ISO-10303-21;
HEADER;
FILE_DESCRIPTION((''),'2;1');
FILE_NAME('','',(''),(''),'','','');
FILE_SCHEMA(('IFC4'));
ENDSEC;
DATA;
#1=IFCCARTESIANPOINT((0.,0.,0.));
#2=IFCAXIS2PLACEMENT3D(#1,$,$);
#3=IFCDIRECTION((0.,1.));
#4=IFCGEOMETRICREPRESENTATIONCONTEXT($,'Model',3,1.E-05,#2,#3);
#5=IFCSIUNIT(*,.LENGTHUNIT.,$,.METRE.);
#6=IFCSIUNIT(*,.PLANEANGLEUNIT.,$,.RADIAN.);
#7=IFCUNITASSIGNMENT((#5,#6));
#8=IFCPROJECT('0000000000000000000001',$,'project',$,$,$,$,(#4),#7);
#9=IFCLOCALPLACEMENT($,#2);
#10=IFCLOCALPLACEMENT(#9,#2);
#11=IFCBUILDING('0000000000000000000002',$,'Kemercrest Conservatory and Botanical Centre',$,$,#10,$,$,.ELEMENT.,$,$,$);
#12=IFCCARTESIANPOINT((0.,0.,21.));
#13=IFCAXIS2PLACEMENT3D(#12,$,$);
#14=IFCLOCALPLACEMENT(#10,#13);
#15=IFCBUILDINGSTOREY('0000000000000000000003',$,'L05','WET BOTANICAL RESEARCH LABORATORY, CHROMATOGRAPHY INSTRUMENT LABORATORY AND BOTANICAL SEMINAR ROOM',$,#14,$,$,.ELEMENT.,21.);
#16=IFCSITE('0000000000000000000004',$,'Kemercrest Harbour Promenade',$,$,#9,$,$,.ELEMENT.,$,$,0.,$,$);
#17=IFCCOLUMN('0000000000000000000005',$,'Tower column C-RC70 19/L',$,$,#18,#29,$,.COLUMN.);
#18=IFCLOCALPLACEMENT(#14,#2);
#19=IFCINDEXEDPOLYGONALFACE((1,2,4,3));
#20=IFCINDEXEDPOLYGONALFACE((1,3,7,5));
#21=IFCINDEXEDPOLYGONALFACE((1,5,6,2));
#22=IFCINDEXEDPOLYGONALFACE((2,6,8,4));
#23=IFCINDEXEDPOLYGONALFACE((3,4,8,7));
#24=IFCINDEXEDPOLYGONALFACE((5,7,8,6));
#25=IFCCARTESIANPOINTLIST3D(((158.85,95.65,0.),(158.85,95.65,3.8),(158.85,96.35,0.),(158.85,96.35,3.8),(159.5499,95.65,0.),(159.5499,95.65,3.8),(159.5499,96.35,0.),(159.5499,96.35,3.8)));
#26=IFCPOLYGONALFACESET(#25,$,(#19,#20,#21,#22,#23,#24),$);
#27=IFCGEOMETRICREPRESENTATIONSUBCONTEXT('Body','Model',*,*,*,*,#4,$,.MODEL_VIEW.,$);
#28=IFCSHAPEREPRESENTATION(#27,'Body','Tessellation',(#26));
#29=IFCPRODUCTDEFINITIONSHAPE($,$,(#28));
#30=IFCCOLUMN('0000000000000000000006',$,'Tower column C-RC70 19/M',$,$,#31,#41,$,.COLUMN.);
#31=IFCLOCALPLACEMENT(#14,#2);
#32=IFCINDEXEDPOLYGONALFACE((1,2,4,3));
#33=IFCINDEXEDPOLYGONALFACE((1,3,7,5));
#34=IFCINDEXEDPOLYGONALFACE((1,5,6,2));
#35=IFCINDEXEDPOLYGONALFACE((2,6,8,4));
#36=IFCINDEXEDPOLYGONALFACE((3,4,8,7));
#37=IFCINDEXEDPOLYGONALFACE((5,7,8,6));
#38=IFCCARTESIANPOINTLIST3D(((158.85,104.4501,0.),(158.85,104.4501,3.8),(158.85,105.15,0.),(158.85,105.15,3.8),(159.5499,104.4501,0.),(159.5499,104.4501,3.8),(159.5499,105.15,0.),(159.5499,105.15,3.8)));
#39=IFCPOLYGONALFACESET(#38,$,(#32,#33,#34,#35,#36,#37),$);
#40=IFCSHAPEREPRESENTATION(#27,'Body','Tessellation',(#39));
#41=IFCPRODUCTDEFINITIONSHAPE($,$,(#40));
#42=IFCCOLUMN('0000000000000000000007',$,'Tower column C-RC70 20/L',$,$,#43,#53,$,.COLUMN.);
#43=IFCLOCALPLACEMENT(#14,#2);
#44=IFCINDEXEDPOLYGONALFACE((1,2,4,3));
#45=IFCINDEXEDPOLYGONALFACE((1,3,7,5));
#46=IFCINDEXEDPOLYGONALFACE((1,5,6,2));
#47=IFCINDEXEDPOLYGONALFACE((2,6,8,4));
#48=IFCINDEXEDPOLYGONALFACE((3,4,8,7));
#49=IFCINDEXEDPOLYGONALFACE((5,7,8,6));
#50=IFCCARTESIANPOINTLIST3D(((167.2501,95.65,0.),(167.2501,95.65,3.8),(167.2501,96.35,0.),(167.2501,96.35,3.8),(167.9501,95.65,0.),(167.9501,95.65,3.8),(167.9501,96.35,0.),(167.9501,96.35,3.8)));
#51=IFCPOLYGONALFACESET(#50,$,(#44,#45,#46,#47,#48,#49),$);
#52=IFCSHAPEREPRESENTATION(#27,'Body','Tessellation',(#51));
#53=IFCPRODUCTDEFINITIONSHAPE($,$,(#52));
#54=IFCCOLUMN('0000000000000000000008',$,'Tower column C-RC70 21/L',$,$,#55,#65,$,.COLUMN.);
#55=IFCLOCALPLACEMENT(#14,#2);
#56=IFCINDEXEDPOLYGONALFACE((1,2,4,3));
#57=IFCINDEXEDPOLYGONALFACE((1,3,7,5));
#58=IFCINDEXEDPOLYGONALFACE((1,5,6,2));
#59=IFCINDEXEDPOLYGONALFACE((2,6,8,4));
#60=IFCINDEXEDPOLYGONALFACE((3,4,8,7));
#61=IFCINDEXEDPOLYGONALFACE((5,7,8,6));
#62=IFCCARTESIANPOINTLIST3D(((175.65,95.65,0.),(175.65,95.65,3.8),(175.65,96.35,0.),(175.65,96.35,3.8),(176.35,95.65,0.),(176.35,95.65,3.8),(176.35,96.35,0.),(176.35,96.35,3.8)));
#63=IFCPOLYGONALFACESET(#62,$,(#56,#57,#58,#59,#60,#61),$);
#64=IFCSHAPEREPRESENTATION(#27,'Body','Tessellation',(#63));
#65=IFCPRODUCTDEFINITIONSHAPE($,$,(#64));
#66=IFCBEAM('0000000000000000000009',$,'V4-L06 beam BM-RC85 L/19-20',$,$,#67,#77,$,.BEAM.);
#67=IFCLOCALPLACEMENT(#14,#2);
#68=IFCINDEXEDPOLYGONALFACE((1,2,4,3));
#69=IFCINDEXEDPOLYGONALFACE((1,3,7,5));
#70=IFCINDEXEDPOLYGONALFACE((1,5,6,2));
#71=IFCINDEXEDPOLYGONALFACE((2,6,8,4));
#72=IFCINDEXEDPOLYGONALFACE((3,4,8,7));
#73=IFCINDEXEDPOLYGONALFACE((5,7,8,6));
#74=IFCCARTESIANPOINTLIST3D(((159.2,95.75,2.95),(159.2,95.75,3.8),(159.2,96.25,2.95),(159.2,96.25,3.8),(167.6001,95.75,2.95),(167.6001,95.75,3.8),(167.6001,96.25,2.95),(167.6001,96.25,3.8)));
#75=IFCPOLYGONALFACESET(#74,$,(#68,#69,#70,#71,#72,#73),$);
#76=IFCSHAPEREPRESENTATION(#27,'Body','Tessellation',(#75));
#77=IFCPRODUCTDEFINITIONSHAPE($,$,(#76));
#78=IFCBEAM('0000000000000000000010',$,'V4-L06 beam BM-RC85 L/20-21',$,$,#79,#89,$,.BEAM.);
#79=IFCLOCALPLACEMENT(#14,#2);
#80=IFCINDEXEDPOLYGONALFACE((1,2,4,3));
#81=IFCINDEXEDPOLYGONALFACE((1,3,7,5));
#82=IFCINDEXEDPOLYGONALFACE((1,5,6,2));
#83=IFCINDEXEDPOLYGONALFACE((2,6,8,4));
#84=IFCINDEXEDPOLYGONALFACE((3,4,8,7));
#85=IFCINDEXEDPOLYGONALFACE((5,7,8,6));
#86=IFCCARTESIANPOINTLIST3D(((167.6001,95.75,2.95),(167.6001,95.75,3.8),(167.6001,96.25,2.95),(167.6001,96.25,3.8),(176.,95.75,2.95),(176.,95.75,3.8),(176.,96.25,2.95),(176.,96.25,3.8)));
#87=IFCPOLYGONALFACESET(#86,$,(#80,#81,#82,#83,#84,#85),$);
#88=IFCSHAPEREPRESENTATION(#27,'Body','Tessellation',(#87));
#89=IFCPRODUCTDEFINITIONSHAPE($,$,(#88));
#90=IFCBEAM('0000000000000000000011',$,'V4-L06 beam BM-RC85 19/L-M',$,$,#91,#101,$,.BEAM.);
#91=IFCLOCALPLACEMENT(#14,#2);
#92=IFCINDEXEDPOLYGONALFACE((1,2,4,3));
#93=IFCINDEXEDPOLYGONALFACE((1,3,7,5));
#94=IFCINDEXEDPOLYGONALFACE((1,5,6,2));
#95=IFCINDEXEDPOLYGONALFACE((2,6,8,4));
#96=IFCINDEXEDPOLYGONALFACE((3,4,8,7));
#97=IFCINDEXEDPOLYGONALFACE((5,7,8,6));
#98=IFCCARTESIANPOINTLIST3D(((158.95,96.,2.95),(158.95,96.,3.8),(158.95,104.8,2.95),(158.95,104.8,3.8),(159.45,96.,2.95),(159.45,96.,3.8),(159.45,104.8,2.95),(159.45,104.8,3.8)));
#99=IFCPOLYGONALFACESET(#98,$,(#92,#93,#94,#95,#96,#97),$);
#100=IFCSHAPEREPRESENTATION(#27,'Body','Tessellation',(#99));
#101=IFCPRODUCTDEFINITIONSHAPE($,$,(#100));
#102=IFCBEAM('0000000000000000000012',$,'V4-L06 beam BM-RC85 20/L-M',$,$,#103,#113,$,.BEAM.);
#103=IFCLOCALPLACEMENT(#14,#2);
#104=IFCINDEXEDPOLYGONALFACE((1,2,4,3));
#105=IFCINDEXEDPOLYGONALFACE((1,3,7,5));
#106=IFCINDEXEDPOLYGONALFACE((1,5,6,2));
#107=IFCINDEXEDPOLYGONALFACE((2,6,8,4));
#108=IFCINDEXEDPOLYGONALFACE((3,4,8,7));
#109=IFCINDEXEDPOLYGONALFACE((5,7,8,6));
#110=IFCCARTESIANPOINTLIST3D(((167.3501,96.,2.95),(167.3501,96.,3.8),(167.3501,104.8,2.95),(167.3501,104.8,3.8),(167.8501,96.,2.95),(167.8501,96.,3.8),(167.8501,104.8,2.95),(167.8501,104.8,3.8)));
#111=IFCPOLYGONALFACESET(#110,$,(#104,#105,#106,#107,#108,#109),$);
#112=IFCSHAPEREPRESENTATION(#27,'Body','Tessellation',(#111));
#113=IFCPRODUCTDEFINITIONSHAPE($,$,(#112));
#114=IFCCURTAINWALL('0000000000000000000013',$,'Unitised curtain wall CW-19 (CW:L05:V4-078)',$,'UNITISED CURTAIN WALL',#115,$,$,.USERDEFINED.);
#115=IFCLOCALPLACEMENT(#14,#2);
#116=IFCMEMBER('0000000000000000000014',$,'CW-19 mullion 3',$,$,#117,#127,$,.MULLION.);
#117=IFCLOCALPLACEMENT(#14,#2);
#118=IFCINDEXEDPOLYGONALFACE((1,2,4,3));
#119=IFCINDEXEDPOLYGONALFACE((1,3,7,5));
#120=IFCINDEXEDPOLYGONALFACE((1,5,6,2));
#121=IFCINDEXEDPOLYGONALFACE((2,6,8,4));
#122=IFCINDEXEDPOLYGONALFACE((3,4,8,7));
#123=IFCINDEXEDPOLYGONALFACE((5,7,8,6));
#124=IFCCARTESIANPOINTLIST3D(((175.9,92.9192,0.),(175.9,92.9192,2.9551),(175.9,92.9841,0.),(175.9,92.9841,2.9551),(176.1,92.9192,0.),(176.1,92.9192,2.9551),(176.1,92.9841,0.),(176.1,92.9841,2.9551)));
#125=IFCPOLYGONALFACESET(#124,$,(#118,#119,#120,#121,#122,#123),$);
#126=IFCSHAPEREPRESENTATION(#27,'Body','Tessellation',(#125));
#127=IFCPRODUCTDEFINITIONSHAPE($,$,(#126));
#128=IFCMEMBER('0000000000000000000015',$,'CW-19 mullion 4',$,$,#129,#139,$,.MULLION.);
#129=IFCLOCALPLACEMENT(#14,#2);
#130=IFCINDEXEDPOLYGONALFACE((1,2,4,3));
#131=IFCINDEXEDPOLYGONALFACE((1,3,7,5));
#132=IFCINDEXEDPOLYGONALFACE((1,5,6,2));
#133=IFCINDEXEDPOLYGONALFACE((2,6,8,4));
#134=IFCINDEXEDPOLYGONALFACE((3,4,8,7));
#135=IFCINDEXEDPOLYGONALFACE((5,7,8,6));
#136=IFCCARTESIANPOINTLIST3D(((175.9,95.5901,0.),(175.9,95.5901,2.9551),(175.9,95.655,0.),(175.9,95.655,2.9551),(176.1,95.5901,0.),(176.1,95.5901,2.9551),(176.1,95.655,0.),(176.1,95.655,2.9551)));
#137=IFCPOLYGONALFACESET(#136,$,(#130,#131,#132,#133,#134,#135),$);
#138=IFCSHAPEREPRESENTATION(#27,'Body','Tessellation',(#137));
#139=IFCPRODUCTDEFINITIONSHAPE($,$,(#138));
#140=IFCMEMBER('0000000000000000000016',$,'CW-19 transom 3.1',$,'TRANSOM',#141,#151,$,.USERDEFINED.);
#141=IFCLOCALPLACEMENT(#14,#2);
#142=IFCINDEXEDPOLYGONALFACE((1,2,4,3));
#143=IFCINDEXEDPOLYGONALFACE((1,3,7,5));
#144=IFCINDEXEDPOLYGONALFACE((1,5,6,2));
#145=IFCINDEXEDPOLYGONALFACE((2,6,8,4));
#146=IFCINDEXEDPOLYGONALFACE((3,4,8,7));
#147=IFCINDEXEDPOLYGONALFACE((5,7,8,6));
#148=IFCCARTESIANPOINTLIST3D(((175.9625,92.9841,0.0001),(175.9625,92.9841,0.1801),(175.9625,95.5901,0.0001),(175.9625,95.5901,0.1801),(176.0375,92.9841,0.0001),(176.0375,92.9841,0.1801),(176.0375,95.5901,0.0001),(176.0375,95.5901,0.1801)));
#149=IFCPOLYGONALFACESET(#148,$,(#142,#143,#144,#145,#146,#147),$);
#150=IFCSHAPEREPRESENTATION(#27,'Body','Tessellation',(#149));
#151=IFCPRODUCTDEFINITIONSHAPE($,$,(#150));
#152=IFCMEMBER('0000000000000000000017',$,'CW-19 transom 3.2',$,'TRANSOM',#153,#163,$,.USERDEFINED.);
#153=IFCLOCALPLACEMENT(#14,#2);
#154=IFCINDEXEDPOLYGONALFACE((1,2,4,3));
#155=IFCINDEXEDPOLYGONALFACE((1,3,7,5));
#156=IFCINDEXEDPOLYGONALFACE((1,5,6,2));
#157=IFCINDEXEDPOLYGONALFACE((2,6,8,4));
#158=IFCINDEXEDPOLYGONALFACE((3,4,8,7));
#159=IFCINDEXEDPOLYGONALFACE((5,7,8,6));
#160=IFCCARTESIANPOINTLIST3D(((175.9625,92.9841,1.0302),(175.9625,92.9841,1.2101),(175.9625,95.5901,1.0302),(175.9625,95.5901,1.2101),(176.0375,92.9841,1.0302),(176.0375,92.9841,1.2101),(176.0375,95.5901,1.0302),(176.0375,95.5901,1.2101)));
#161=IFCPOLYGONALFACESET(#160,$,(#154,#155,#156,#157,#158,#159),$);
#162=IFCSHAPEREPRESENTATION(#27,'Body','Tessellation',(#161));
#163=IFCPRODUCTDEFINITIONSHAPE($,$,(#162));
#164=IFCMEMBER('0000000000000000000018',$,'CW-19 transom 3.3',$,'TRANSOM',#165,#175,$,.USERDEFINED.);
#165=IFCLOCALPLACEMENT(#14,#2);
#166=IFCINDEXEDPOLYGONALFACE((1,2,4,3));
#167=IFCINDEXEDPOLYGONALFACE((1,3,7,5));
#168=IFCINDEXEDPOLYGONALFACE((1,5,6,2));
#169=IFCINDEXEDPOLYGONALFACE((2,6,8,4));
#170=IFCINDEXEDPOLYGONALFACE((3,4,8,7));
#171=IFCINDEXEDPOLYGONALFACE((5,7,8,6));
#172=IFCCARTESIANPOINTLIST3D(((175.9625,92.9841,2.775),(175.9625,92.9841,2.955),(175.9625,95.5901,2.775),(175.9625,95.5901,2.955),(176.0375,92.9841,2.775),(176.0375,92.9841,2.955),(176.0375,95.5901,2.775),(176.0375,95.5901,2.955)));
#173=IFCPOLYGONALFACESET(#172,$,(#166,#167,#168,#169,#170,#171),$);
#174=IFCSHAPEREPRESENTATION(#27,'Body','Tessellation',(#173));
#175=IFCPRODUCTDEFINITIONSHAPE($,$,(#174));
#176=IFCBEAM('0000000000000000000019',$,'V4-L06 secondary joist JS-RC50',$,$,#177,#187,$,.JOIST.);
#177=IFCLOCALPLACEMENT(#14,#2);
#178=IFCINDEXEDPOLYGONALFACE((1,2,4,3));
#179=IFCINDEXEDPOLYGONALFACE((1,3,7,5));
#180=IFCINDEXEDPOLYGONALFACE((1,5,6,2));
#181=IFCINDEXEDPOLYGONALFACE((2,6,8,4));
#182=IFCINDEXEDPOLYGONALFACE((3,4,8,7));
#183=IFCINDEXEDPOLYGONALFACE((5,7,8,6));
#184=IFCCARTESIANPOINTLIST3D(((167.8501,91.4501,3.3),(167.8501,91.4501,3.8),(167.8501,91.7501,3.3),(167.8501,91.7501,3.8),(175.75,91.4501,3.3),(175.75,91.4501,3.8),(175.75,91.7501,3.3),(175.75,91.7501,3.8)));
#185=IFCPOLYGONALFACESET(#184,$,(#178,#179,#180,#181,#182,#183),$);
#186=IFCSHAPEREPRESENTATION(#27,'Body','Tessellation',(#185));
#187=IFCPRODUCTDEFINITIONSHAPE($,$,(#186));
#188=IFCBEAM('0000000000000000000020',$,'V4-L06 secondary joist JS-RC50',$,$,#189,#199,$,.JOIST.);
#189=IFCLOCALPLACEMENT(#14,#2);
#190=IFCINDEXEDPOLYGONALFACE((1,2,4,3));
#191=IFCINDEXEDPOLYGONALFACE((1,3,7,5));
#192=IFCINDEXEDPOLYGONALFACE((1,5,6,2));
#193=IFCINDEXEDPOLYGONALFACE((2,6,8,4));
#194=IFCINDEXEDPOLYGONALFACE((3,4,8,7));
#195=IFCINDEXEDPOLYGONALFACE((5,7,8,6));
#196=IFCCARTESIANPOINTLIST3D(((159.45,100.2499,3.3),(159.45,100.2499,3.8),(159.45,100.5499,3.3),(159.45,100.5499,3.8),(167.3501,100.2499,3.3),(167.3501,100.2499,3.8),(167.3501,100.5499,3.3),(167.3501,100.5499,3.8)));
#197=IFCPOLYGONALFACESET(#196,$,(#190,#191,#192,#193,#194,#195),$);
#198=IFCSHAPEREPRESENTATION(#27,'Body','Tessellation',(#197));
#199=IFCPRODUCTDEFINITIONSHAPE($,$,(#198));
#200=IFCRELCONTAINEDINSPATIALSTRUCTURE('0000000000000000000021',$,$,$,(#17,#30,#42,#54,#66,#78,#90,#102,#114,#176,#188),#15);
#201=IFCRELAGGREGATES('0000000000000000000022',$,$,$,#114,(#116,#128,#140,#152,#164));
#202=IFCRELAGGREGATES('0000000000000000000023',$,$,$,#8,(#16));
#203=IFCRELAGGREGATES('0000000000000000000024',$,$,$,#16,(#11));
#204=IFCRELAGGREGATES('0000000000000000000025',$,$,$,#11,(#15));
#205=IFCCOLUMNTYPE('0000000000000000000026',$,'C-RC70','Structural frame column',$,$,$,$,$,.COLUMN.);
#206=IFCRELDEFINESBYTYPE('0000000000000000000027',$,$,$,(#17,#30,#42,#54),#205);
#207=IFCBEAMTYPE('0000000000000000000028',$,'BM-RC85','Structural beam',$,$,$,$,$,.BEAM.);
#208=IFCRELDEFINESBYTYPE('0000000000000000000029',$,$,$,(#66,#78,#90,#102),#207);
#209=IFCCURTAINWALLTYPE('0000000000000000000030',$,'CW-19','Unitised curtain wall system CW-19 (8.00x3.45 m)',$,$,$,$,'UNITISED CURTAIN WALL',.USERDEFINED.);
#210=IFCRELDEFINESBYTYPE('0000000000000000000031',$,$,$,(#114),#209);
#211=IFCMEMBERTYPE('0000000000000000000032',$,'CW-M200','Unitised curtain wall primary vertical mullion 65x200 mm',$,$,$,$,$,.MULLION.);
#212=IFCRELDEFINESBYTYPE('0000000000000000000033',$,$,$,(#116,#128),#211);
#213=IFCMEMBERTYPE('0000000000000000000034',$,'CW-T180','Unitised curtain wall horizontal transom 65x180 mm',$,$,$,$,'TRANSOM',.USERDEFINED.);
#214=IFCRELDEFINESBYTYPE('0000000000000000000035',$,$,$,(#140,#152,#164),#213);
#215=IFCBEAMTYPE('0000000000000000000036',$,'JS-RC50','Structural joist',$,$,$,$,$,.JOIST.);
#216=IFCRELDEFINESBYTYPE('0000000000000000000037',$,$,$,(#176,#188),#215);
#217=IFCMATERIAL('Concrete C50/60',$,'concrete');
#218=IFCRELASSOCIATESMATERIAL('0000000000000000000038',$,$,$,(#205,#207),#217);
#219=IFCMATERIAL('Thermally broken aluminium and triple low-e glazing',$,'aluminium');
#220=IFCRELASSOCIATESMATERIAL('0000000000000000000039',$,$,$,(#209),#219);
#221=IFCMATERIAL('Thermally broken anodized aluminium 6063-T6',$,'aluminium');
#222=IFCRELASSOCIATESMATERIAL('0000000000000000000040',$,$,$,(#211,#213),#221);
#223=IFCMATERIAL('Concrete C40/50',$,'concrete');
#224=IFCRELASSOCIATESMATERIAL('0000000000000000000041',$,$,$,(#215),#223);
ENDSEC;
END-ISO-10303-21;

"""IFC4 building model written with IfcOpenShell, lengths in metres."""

from ifc_helpers import new_model, si_unit, direction, frame, origin, origin_2d, place, context, subcontext, project, spatial, rectangle, extrude, material, material_profile, profile_set, type_object, element, aggregate, save


model = new_model("IFC4")

# Units and contexts
model_context = context("Model", 3, precision=1e-05, world=origin(), true_north=direction((0.0, 1.0)))
body_context = subcontext(model_context, "Body", "Model", "MODEL_VIEW")
ifc_project = project(units=[si_unit("LENGTHUNIT", "METRE"), si_unit("PLANEANGLEUNIT", "RADIAN")], contexts=[model_context])

# Site, building, storey
site_placement = place(None, origin())
site = spatial("IfcSite", under=ifc_project, at=site_placement, Name="Kemercrest Harbour Promenade", CompositionType="ELEMENT", RefElevation=0.0)
building_placement = place(site_placement, origin())
building = spatial("IfcBuilding", under=site, at=building_placement, Name="Kemercrest Conservatory and Botanical Centre", CompositionType="ELEMENT")
storey_placement = place(building_placement, frame((0.0, 0.0, 21.0)))
storey = spatial("IfcBuildingStorey", under=building, at=storey_placement, Name="L05", Description="WET BOTANICAL RESEARCH LABORATORY, CHROMATOGRAPHY INSTRUMENT LABORATORY AND BOTANICAL SEMINAR ROOM", CompositionType="ELEMENT", Elevation=21.0)

# Columns
ifc_material_1 = material(Name="Concrete C50/60", Category="concrete")
ifc_material_profile_1 = material_profile(ifc_material_1, rectangle(XDim=0.7, YDim=0.7, at=origin_2d()), Name="RC 700x700")
ifc_profile_set_1 = profile_set([ifc_material_profile_1], Name="Concrete C50/60")
column_type = type_object("IfcColumnType", Name="C-RC70", Description="Structural frame column", PredefinedType="COLUMN", material=ifc_profile_set_1)
for number, where, z_axis, x_axis, name in (
    (1, (159.2, 96.0, 0.0), (0.0, 0.0, 1.0), (1.0, 0.0, 0.0), "Tower column C-RC70 19/L"),
    (2, (159.2, 104.8, 0.0), (0.0, 0.0, 1.0), (1.0, 0.0, 0.0), "Tower column C-RC70 19/M"),
    (3, (167.6001, 96.0, 0.0), (0.0, 0.0, 1.0), (1.0, 0.0, 0.0), "Tower column C-RC70 20/L"),
    (4, (176.0, 96.0, 0.0), (0.0, 0.0, 1.0), (1.0, 0.0, 0.0), "Tower column C-RC70 21/L"),
):
    element("IfcColumn", number, at=place(storey_placement, frame(where, z_axis=z_axis, x_axis=x_axis)), inside=storey, type_object=column_type, Name=name, PredefinedType="COLUMN", context=body_context, shape_type="SweptSolid", body=[
        extrude(rectangle(XDim=0.7, YDim=0.7, at=origin_2d()), origin(), (0.0, 0.0, 1.0), 3.8),
    ])

# Beams
ifc_material_profile_2 = material_profile(ifc_material_1, rectangle(XDim=0.5, YDim=0.8501, at=origin_2d()), Name="RC 500x850")
ifc_profile_set_2 = profile_set([ifc_material_profile_2], Name="Concrete C50/60")
beam_type_1 = type_object("IfcBeamType", Name="BM-RC85", Description="Structural beam", PredefinedType="BEAM", material=ifc_profile_set_2)
beam_1_placement = place(storey_placement, frame((159.2, 96.0, 3.375), z_axis=(1.0, 0.0, 0.0), x_axis=(0.0, 1.0, 0.0)))
element("IfcBeam", 5, at=beam_1_placement, inside=storey, type_object=beam_type_1, Name="V4-L06 beam BM-RC85 L/19-20", PredefinedType="BEAM", context=body_context, shape_type="SweptSolid", body=[
    extrude(rectangle(XDim=0.5, YDim=0.8501, at=origin_2d()), origin(), (0.0, 0.0, 1.0), 8.4001),
])
beam_2_placement = place(storey_placement, frame((167.6001, 96.0, 3.375), z_axis=(1.0, 0.0, 0.0), x_axis=(0.0, 1.0, 0.0)))
element("IfcBeam", 6, at=beam_2_placement, inside=storey, type_object=beam_type_1, Name="V4-L06 beam BM-RC85 L/20-21", PredefinedType="BEAM", context=body_context, shape_type="SweptSolid", body=[
    extrude(rectangle(XDim=0.5, YDim=0.8501, at=origin_2d()), origin(), (0.0, 0.0, 1.0), 8.3999),
])
for number, where, z_axis, x_axis, name in (
    (7, (159.2, 96.0, 3.375), (0.0, 1.0, 0.0), (-1.0, 0.0, 0.0), "V4-L06 beam BM-RC85 19/L-M"),
    (8, (167.6001, 96.0, 3.375), (0.0, 1.0, 0.0), (-1.0, 0.0, 0.0), "V4-L06 beam BM-RC85 20/L-M"),
):
    element("IfcBeam", number, at=place(storey_placement, frame(where, z_axis=z_axis, x_axis=x_axis)), inside=storey, type_object=beam_type_1, Name=name, PredefinedType="BEAM", context=body_context, shape_type="SweptSolid", body=[
        extrude(rectangle(XDim=0.5, YDim=0.8501, at=origin_2d()), origin(), (0.0, 0.0, 1.0), 8.8),
    ])

# Curtain wall, members
ifc_material_2 = material(Name="Thermally broken aluminium and triple low-e glazing", Category="aluminium")
curtain_wall_type = type_object("IfcCurtainWallType", Name="CW-19", Description="Unitised curtain wall system CW-19 (8.00x3.45 m)", ElementType="UNITISED CURTAIN WALL", PredefinedType="USERDEFINED", material=ifc_material_2)
curtain_wall_placement = place(storey_placement, origin())
curtain_wall = element("IfcCurtainWall", 9, at=curtain_wall_placement, inside=storey, type_object=curtain_wall_type, Name="Unitised curtain wall CW-19 (CW:L05:V4-078)", ObjectType="UNITISED CURTAIN WALL", PredefinedType="USERDEFINED")
ifc_material_3 = material(Name="Thermally broken anodized aluminium 6063-T6", Category="aluminium")
ifc_material_profile_3 = material_profile(ifc_material_3, rectangle(XDim=0.2, YDim=0.0649, at=origin_2d()), Name="AL MULLION 65x200")
ifc_profile_set_3 = profile_set([ifc_material_profile_3], Name="Thermally broken anodized aluminium 6063-T6")
member_type_1 = type_object("IfcMemberType", Name="CW-M200", Description="Unitised curtain wall primary vertical mullion 65x200 mm", PredefinedType="MULLION", material=ifc_profile_set_3)
member_1_placement = place(storey_placement, frame((176.0, 92.9517, 0.0), z_axis=(0.0, 0.0, 1.0), x_axis=(-1.0, 0.0, 0.0)))
member_1 = element("IfcMember", 10, at=member_1_placement, type_object=member_type_1, Name="CW-19 mullion 3", PredefinedType="MULLION", context=body_context, shape_type="SweptSolid", body=[
    extrude(rectangle(XDim=0.2, YDim=0.0649, at=origin_2d()), origin(), (0.0, 0.0, 1.0), 2.9551),
])
member_2_placement = place(storey_placement, frame((176.0, 95.6226, 0.0), z_axis=(0.0, 0.0, 1.0), x_axis=(-1.0, 0.0, 0.0)))
member_2 = element("IfcMember", 11, at=member_2_placement, type_object=member_type_1, Name="CW-19 mullion 4", PredefinedType="MULLION", context=body_context, shape_type="SweptSolid", body=[
    extrude(rectangle(XDim=0.2, YDim=0.0649, at=origin_2d()), origin(), (0.0, 0.0, 1.0), 2.9551),
])
ifc_material_profile_4 = material_profile(ifc_material_3, rectangle(XDim=0.075, YDim=0.1799, at=origin_2d()), Name="AL TRANSOM 75x180")
ifc_profile_set_4 = profile_set([ifc_material_profile_4], Name="Thermally broken anodized aluminium 6063-T6")
member_type_2 = type_object("IfcMemberType", Name="CW-T180", Description="Unitised curtain wall horizontal transom 65x180 mm", ElementType="TRANSOM", PredefinedType="USERDEFINED", material=ifc_profile_set_4)
member_3_placement = place(storey_placement, frame((176.0, 92.9841, 0.0901), z_axis=(0.0, 1.0, 0.0), x_axis=(-1.0, 0.0, 0.0)))
member_3 = element("IfcMember", 12, at=member_3_placement, type_object=member_type_2, Name="CW-19 transom 3.1", ObjectType="TRANSOM", PredefinedType="USERDEFINED", context=body_context, shape_type="SweptSolid", body=[
    extrude(rectangle(XDim=0.075, YDim=0.1799, at=origin_2d()), origin(), (0.0, 0.0, 1.0), 2.606),
])
member_4_placement = place(storey_placement, frame((176.0, 92.9841, 1.1201), z_axis=(0.0, 1.0, 0.0), x_axis=(-1.0, 0.0, 0.0)))
member_4 = element("IfcMember", 13, at=member_4_placement, type_object=member_type_2, Name="CW-19 transom 3.2", ObjectType="TRANSOM", PredefinedType="USERDEFINED", context=body_context, shape_type="SweptSolid", body=[
    extrude(rectangle(XDim=0.075, YDim=0.1799, at=origin_2d()), origin(), (0.0, 0.0, 1.0), 2.606),
])
member_5_placement = place(storey_placement, frame((176.0, 92.9841, 2.865), z_axis=(0.0, 1.0, 0.0), x_axis=(-1.0, 0.0, 0.0)))
member_5 = element("IfcMember", 14, at=member_5_placement, type_object=member_type_2, Name="CW-19 transom 3.3", ObjectType="TRANSOM", PredefinedType="USERDEFINED", context=body_context, shape_type="SweptSolid", body=[
    extrude(rectangle(XDim=0.075, YDim=0.1799, at=origin_2d()), origin(), (0.0, 0.0, 1.0), 2.606),
])

# Beams
ifc_material_4 = material(Name="Concrete C40/50", Category="concrete")
ifc_material_profile_5 = material_profile(ifc_material_4, rectangle(XDim=0.3, YDim=0.5, at=origin_2d()), Name="RC 300x500")
ifc_profile_set_5 = profile_set([ifc_material_profile_5], Name="Concrete C40/50")
beam_type_2 = type_object("IfcBeamType", Name="JS-RC50", Description="Structural joist", PredefinedType="JOIST", material=ifc_profile_set_5)
beam_3_placement = place(storey_placement, frame((167.8501, 91.6001, 3.55), z_axis=(1.0, 0.0, 0.0), x_axis=(0.0, 1.0, 0.0)))
element("IfcBeam", 15, at=beam_3_placement, inside=storey, type_object=beam_type_2, Name="V4-L06 secondary joist JS-RC50", PredefinedType="JOIST", context=body_context, shape_type="SweptSolid", body=[
    extrude(rectangle(XDim=0.3, YDim=0.5, at=origin_2d()), origin(), (0.0, 0.0, 1.0), 7.8999),
])
beam_4_placement = place(storey_placement, frame((159.45, 100.3999, 3.55), z_axis=(1.0, 0.0, 0.0), x_axis=(0.0, 1.0, 0.0)))
element("IfcBeam", 16, at=beam_4_placement, inside=storey, type_object=beam_type_2, Name="V4-L06 secondary joist JS-RC50", PredefinedType="JOIST", context=body_context, shape_type="SweptSolid", body=[
    extrude(rectangle(XDim=0.3, YDim=0.5, at=origin_2d()), origin(), (0.0, 0.0, 1.0), 7.9001),
])

aggregate(curtain_wall, [member_1, member_2, member_3, member_4, member_5])

save(model, "model.ifc")
